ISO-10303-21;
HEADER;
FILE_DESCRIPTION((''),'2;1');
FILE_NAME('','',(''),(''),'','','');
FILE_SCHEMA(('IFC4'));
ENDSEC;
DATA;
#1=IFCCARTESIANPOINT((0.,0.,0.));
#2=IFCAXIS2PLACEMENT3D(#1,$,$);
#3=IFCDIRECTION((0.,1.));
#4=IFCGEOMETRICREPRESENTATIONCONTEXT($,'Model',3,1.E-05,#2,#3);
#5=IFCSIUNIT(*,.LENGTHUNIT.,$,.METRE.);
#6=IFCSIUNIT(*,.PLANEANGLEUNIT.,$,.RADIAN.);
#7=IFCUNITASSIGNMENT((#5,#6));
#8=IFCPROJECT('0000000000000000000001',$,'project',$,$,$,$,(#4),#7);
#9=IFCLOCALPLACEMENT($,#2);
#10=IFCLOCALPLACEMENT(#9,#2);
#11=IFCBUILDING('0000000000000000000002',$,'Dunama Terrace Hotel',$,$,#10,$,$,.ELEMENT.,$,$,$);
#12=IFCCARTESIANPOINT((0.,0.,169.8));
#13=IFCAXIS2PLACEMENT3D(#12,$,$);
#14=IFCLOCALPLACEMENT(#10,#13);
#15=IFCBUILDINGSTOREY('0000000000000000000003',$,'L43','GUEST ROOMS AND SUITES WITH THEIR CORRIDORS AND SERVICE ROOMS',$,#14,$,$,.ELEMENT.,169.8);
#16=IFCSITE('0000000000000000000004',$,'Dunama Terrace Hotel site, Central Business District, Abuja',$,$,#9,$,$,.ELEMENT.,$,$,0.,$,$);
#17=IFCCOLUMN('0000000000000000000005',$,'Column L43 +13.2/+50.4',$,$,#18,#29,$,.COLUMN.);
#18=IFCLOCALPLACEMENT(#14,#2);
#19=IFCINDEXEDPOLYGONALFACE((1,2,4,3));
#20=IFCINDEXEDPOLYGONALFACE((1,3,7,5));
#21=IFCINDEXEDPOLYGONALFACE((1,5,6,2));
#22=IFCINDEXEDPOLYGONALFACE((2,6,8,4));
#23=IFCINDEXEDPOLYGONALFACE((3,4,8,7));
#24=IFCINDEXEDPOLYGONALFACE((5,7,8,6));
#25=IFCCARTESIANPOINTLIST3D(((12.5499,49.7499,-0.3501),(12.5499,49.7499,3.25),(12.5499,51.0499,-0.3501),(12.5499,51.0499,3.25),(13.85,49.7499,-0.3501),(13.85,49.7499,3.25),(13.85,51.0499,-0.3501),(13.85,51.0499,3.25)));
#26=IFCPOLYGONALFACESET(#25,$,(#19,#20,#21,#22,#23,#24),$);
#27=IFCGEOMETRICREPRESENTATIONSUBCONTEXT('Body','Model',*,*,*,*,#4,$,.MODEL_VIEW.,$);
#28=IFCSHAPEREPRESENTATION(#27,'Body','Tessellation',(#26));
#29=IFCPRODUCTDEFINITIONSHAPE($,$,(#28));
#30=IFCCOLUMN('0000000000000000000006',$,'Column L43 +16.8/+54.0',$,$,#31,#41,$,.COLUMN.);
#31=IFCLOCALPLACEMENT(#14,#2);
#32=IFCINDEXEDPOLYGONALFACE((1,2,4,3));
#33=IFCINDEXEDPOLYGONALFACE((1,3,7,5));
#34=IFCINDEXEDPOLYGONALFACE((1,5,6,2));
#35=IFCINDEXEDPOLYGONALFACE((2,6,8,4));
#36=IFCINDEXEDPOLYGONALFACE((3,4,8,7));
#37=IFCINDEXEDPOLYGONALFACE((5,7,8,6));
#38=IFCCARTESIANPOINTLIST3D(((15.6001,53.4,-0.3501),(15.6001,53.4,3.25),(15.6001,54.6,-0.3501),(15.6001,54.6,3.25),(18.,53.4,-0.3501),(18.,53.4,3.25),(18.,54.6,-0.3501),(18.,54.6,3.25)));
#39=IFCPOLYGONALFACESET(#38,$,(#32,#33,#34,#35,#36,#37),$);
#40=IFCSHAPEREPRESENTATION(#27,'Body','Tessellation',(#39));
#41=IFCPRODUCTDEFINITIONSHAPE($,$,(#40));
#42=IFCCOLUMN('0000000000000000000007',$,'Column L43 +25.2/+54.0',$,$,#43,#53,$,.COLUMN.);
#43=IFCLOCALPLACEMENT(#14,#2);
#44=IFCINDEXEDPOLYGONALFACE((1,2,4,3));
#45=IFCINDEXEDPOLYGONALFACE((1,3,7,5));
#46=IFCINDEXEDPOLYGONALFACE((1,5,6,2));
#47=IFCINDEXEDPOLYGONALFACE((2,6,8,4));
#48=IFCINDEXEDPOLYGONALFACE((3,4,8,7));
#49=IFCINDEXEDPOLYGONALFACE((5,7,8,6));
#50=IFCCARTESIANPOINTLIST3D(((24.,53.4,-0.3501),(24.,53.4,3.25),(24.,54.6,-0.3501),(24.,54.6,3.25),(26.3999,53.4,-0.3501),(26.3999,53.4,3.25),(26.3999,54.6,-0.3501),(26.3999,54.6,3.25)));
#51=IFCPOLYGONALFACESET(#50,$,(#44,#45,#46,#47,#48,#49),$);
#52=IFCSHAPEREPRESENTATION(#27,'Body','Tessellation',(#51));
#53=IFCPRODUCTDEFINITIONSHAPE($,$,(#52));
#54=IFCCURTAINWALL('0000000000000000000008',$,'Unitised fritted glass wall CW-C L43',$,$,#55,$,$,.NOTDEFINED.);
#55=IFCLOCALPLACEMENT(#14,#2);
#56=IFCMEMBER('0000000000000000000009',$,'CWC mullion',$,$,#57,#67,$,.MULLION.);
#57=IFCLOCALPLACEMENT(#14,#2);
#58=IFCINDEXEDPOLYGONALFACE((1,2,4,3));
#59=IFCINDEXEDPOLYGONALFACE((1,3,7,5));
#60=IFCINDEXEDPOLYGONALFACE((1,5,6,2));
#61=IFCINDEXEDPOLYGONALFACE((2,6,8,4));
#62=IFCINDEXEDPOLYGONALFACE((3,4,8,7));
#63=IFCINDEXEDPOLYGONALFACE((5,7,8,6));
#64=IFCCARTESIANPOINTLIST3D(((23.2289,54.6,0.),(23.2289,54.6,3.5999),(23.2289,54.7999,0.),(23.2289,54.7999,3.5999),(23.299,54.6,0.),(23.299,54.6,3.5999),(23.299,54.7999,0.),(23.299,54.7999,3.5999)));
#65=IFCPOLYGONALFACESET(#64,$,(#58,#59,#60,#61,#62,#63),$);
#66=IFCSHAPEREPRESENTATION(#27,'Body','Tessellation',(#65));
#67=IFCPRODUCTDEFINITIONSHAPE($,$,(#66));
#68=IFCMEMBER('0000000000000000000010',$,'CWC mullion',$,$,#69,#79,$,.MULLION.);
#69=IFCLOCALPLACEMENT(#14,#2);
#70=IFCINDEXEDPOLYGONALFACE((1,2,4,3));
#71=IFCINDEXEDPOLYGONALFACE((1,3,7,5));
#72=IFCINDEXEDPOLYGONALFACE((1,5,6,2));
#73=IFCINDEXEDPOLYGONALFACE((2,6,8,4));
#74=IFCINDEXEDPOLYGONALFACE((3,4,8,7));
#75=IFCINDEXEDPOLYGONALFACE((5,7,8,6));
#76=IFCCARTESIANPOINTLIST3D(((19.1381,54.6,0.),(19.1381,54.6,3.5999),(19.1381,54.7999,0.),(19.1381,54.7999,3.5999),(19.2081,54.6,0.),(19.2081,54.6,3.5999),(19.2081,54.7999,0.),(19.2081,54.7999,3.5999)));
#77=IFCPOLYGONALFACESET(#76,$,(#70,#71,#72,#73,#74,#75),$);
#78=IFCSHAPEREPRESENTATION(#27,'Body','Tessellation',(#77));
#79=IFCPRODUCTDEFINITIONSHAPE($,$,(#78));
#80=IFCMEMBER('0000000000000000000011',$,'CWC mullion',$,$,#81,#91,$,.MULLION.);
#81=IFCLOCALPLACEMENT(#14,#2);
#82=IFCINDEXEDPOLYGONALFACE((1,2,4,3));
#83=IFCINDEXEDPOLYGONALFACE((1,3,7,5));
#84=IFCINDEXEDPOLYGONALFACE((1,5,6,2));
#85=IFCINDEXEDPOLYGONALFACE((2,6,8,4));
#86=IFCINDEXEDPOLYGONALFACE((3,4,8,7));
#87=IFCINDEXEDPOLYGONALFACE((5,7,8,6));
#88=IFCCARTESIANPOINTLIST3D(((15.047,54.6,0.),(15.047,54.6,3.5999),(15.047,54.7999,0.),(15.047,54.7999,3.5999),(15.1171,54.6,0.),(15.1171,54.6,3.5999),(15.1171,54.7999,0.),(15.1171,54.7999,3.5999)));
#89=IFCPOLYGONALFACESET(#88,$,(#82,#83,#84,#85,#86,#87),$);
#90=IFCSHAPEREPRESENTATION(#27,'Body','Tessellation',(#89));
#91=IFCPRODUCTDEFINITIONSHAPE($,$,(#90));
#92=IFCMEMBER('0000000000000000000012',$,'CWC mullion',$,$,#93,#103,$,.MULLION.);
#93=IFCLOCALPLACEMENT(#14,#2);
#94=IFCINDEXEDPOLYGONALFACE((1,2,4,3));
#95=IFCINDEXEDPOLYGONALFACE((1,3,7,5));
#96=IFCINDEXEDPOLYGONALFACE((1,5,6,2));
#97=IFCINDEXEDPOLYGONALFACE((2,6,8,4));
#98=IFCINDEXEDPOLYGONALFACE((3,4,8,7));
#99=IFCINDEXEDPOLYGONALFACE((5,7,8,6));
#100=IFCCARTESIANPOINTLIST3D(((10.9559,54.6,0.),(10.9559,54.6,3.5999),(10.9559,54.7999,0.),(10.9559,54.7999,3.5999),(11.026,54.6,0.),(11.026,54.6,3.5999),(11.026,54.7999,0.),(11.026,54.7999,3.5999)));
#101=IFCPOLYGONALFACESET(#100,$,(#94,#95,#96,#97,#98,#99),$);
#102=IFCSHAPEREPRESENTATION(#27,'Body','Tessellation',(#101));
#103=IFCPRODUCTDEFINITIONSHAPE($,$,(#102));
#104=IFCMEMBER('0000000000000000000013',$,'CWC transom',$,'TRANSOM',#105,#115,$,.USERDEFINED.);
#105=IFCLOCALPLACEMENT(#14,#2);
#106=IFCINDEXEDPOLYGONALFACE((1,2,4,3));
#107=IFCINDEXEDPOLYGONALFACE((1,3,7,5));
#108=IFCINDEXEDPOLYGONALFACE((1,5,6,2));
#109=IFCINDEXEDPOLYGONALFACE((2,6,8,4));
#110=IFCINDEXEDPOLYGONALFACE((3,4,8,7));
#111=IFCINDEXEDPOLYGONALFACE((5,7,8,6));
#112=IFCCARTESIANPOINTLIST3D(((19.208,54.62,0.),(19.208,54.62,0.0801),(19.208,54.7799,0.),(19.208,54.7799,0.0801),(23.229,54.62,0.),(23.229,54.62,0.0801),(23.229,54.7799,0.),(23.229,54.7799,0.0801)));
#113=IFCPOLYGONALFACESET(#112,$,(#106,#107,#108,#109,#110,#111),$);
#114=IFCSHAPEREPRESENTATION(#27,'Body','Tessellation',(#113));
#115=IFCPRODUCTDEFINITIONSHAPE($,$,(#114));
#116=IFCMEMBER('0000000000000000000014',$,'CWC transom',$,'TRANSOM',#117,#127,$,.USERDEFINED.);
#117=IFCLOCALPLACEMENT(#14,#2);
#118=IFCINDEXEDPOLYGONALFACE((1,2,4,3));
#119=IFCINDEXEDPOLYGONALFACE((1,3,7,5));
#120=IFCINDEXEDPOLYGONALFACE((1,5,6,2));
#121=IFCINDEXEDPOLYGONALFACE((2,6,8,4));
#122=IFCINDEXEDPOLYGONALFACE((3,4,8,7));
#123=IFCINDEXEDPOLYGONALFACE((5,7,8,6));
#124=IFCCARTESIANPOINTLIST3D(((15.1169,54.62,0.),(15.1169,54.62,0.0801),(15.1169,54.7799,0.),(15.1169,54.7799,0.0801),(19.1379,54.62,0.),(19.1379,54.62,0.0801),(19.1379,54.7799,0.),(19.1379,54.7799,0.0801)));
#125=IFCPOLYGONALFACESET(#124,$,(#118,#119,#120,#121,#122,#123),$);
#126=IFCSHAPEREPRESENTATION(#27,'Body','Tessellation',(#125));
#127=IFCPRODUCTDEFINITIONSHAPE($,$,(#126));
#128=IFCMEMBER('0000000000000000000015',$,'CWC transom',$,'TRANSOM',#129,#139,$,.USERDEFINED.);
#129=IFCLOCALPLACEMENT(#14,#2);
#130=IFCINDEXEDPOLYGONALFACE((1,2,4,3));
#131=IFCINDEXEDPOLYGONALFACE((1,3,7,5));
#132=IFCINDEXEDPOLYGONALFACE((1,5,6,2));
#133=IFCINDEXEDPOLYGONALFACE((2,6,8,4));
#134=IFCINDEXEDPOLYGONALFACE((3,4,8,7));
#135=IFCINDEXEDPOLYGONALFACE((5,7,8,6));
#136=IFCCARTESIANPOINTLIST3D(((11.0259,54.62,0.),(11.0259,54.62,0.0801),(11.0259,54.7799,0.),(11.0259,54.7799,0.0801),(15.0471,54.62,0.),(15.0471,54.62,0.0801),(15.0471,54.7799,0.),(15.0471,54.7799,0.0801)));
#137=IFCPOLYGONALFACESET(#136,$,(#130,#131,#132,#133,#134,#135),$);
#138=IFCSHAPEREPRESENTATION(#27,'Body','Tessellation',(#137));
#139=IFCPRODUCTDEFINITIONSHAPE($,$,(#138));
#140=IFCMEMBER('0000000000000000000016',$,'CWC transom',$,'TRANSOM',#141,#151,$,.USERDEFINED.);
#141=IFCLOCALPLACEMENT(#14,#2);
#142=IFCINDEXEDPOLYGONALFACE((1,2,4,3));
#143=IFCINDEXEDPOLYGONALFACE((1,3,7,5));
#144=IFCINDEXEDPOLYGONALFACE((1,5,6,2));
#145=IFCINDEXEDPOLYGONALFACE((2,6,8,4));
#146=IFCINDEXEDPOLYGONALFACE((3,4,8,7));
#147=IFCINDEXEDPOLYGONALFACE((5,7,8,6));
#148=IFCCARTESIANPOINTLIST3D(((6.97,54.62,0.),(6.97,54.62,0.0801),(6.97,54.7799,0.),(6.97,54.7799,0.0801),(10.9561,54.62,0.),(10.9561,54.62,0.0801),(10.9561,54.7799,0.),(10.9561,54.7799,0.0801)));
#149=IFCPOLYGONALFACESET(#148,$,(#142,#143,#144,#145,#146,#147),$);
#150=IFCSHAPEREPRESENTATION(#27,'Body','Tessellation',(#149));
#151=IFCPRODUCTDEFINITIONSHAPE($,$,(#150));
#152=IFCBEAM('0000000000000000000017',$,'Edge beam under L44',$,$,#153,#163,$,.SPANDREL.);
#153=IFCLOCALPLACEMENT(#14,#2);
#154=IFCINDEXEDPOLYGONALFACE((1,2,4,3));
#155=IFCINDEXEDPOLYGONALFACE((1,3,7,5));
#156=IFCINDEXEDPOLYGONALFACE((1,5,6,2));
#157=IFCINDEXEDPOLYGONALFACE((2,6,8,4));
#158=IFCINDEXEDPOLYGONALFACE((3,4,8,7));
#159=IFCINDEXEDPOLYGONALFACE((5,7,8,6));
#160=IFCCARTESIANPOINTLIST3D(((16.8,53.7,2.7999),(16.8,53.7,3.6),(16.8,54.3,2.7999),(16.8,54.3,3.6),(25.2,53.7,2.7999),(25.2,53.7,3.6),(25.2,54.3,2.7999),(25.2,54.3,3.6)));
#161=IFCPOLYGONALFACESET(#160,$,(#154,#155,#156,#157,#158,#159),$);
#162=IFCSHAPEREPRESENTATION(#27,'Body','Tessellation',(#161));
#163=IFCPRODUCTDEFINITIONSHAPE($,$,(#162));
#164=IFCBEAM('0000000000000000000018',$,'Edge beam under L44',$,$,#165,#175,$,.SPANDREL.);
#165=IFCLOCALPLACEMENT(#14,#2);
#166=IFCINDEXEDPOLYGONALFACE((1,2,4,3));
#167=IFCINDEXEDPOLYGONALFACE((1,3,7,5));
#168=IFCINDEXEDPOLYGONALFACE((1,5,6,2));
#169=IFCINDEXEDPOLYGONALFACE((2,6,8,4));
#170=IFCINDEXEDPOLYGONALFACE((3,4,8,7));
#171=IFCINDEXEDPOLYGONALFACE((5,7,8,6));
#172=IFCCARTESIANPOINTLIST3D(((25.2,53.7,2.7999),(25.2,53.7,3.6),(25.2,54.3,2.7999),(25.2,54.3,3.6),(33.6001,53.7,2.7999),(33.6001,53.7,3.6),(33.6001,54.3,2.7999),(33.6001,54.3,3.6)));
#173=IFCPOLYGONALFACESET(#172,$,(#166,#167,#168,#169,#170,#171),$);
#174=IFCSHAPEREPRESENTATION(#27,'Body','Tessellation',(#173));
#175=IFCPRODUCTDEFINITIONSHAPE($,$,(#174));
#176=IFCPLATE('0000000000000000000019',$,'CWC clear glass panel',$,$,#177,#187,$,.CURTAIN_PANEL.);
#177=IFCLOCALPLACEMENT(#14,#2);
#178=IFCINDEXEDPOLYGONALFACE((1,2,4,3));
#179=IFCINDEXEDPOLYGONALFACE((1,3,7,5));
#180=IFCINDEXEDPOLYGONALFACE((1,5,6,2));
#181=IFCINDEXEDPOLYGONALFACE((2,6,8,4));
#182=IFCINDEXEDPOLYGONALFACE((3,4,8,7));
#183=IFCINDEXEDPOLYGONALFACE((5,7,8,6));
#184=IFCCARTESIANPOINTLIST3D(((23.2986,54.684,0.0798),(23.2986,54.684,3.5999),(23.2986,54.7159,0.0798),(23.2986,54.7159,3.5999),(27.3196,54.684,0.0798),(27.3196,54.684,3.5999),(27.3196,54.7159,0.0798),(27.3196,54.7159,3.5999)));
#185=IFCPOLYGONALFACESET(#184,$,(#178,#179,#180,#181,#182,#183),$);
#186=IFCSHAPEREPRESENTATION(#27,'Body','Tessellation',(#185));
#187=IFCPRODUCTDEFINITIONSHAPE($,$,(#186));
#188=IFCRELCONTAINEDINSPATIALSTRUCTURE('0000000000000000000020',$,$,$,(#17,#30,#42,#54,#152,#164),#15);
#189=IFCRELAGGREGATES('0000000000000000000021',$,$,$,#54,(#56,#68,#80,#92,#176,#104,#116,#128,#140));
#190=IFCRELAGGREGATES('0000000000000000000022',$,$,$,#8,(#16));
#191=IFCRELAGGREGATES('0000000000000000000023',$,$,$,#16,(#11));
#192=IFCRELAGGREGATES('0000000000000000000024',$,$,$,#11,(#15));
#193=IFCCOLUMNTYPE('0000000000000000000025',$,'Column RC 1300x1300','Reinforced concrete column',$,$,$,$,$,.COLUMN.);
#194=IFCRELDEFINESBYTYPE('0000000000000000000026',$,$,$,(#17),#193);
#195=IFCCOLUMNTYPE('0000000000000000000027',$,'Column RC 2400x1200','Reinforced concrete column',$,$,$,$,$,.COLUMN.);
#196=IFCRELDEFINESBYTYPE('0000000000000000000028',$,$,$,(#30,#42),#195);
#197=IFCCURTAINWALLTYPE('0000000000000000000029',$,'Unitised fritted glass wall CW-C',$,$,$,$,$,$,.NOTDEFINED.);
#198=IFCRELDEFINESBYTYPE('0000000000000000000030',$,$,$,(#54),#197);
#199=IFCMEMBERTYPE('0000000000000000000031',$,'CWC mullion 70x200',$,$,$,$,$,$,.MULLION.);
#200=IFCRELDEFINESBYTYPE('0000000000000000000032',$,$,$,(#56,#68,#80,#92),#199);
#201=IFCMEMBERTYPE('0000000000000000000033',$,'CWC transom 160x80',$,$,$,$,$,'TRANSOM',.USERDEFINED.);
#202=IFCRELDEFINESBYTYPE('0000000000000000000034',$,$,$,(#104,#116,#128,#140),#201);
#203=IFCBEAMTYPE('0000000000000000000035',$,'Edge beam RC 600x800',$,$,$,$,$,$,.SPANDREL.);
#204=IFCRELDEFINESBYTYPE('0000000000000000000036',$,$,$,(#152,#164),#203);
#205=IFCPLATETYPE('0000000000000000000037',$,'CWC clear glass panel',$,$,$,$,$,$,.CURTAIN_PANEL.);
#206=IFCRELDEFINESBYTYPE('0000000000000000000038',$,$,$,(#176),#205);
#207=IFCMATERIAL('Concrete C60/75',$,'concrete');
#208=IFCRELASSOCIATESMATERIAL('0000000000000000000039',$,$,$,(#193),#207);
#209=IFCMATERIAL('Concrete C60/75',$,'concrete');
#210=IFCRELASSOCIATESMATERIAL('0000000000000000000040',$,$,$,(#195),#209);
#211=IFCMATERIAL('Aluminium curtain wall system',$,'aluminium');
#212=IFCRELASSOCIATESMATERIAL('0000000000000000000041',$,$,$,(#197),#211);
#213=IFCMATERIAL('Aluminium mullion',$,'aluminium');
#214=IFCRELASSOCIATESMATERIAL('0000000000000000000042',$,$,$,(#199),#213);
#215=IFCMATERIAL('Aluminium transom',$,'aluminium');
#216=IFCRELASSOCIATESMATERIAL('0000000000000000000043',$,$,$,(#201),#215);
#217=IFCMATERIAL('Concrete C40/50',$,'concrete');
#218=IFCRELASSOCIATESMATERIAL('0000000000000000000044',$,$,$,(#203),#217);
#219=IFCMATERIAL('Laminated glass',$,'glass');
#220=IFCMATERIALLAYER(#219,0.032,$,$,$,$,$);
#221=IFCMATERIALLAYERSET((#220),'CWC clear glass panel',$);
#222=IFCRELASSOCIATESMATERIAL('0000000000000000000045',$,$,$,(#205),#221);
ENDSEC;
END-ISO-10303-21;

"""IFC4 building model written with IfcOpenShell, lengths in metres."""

from ifc_helpers import new_model, si_unit, direction, frame, origin, origin_2d, place, context, subcontext, project, spatial, rectangle, extrude, material, layer, layer_set, material_profile, profile_set, type_object, element, aggregate, save


model = new_model("IFC4")

# Units and contexts
model_context = context("Model", 3, precision=1e-05, world=origin(), true_north=direction((0.0, 1.0)))
body_context = subcontext(model_context, "Body", "Model", "MODEL_VIEW")
ifc_project = project(units=[si_unit("LENGTHUNIT", "METRE"), si_unit("PLANEANGLEUNIT", "RADIAN")], contexts=[model_context])

# Site, building, storey
site_placement = place(None, origin())
site = spatial("IfcSite", under=ifc_project, at=site_placement, Name="Dunama Terrace Hotel site, Central Business District, Abuja", CompositionType="ELEMENT", RefElevation=0.0)
building_placement = place(site_placement, origin())
building = spatial("IfcBuilding", under=site, at=building_placement, Name="Dunama Terrace Hotel", CompositionType="ELEMENT")
storey_placement = place(building_placement, frame((0.0, 0.0, 169.8)))
storey = spatial("IfcBuildingStorey", under=building, at=storey_placement, Name="L43", Description="GUEST ROOMS AND SUITES WITH THEIR CORRIDORS AND SERVICE ROOMS", CompositionType="ELEMENT", Elevation=169.8)

# Columns
ifc_material_1 = material(Name="Concrete C60/75", Category="concrete")
ifc_material_profile_1 = material_profile(ifc_material_1, rectangle(XDim=1.3, YDim=1.3, at=origin_2d()), Name="RC 1300x1300")
ifc_profile_set_1 = profile_set([ifc_material_profile_1], Name="Concrete C60/75")
column_type_1 = type_object("IfcColumnType", Name="Column RC 1300x1300", Description="Reinforced concrete column", PredefinedType="COLUMN", material=ifc_profile_set_1)
column_placement = place(storey_placement, frame((13.2, 50.3999, -0.3501), z_axis=(0.0, 0.0, 1.0), x_axis=(1.0, 0.0, 0.0)))
element("IfcColumn", 1, at=column_placement, inside=storey, type_object=column_type_1, Name="Column L43 +13.2/+50.4", PredefinedType="COLUMN", context=body_context, shape_type="SweptSolid", body=[
    extrude(rectangle(XDim=1.3, YDim=1.3, at=origin_2d()), origin(), (0.0, 0.0, 1.0), 3.6001),
])
ifc_material_2 = material(Name="Concrete C60/75", Category="concrete")
ifc_material_profile_2 = material_profile(ifc_material_2, rectangle(XDim=2.3999, YDim=1.2, at=origin_2d()), Name="RC 2400x1200")
ifc_profile_set_2 = profile_set([ifc_material_profile_2], Name="Concrete C60/75")
column_type_2 = type_object("IfcColumnType", Name="Column RC 2400x1200", Description="Reinforced concrete column", PredefinedType="COLUMN", material=ifc_profile_set_2)
for number, where, z_axis, x_axis, name in (
    (2, (16.8, 54.0, -0.3501), (0.0, 0.0, 1.0), (1.0, 0.0, 0.0), "Column L43 +16.8/+54.0"),
    (3, (25.2, 54.0, -0.3501), (0.0, 0.0, 1.0), (1.0, 0.0, 0.0), "Column L43 +25.2/+54.0"),
):
    element("IfcColumn", number, at=place(storey_placement, frame(where, z_axis=z_axis, x_axis=x_axis)), inside=storey, type_object=column_type_2, Name=name, PredefinedType="COLUMN", context=body_context, shape_type="SweptSolid", body=[
        extrude(rectangle(XDim=2.3999, YDim=1.2, at=origin_2d()), origin(), (0.0, 0.0, 1.0), 3.6001),
    ])

# Curtain wall, members
ifc_material_3 = material(Name="Aluminium curtain wall system", Category="aluminium")
curtain_wall_type = type_object("IfcCurtainWallType", Name="Unitised fritted glass wall CW-C", PredefinedType="NOTDEFINED", material=ifc_material_3)
curtain_wall_placement = place(storey_placement, origin())
curtain_wall = element("IfcCurtainWall", 4, at=curtain_wall_placement, inside=storey, type_object=curtain_wall_type, Name="Unitised fritted glass wall CW-C L43", PredefinedType="NOTDEFINED")
ifc_material_4 = material(Name="Aluminium mullion", Category="aluminium")
ifc_material_profile_3 = material_profile(ifc_material_4, rectangle(XDim=0.0701, YDim=0.2, at=origin_2d()), Name="CWC MULLION 70X200")
ifc_profile_set_3 = profile_set([ifc_material_profile_3], Name="Aluminium mullion")
member_type_1 = type_object("IfcMemberType", Name="CWC mullion 70x200", PredefinedType="MULLION", material=ifc_profile_set_3)
member_1_placement = place(storey_placement, frame((23.2639, 54.7, 0.0), z_axis=(0.0, 0.0, 1.0), x_axis=(-1.0, 0.0, 0.0)))
member_1 = element("IfcMember", 5, at=member_1_placement, type_object=member_type_1, Name="CWC mullion", PredefinedType="MULLION", context=body_context, shape_type="SweptSolid", body=[
    extrude(rectangle(XDim=0.0701, YDim=0.2, at=origin_2d()), origin(), (0.0, 0.0, 1.0), 3.5999),
])
member_2_placement = place(storey_placement, frame((19.1731, 54.7, 0.0), z_axis=(0.0, 0.0, 1.0), x_axis=(-1.0, 0.0, 0.0)))
member_2 = element("IfcMember", 6, at=member_2_placement, type_object=member_type_1, Name="CWC mullion", PredefinedType="MULLION", context=body_context, shape_type="SweptSolid", body=[
    extrude(rectangle(XDim=0.0701, YDim=0.2, at=origin_2d()), origin(), (0.0, 0.0, 1.0), 3.5999),
])
member_3_placement = place(storey_placement, frame((15.082, 54.7, 0.0), z_axis=(0.0, 0.0, 1.0), x_axis=(-1.0, 0.0, 0.0)))
member_3 = element("IfcMember", 7, at=member_3_placement, type_object=member_type_1, Name="CWC mullion", PredefinedType="MULLION", context=body_context, shape_type="SweptSolid", body=[
    extrude(rectangle(XDim=0.0701, YDim=0.2, at=origin_2d()), origin(), (0.0, 0.0, 1.0), 3.5999),
])
member_4_placement = place(storey_placement, frame((10.991, 54.7, 0.0), z_axis=(0.0, 0.0, 1.0), x_axis=(-1.0, 0.0, 0.0)))
member_4 = element("IfcMember", 8, at=member_4_placement, type_object=member_type_1, Name="CWC mullion", PredefinedType="MULLION", context=body_context, shape_type="SweptSolid", body=[
    extrude(rectangle(XDim=0.0701, YDim=0.2, at=origin_2d()), origin(), (0.0, 0.0, 1.0), 3.5999),
])
ifc_material_5 = material(Name="Aluminium transom", Category="aluminium")
ifc_material_profile_4 = material_profile(ifc_material_5, rectangle(XDim=0.1599, YDim=0.0801, at=origin_2d()), Name="CWC TRANSOM 160X80")
ifc_profile_set_4 = profile_set([ifc_material_profile_4], Name="Aluminium transom")
member_type_2 = type_object("IfcMemberType", Name="CWC transom 160x80", ElementType="TRANSOM", PredefinedType="USERDEFINED", material=ifc_profile_set_4)
member_5_placement = place(storey_placement, frame((23.229, 54.7, 0.04), z_axis=(-1.0, 0.0, 0.0), x_axis=(0.0, -1.0, 0.0)))
member_5 = element("IfcMember", 9, at=member_5_placement, type_object=member_type_2, Name="CWC transom", ObjectType="TRANSOM", PredefinedType="USERDEFINED", context=body_context, shape_type="SweptSolid", body=[
    extrude(rectangle(XDim=0.1599, YDim=0.0801, at=origin_2d()), origin(), (0.0, 0.0, 1.0), 4.021),
])
member_6_placement = place(storey_placement, frame((19.1379, 54.7, 0.04), z_axis=(-1.0, 0.0, 0.0), x_axis=(0.0, -1.0, 0.0)))
member_6 = element("IfcMember", 10, at=member_6_placement, type_object=member_type_2, Name="CWC transom", ObjectType="TRANSOM", PredefinedType="USERDEFINED", context=body_context, shape_type="SweptSolid", body=[
    extrude(rectangle(XDim=0.1599, YDim=0.0801, at=origin_2d()), origin(), (0.0, 0.0, 1.0), 4.021),
])
member_7_placement = place(storey_placement, frame((15.0471, 54.7, 0.04), z_axis=(-1.0, 0.0, 0.0), x_axis=(0.0, -1.0, 0.0)))
member_7 = element("IfcMember", 11, at=member_7_placement, type_object=member_type_2, Name="CWC transom", ObjectType="TRANSOM", PredefinedType="USERDEFINED", context=body_context, shape_type="SweptSolid", body=[
    extrude(rectangle(XDim=0.1599, YDim=0.0801, at=origin_2d()), origin(), (0.0, 0.0, 1.0), 4.0212),
])
member_8_placement = place(storey_placement, frame((10.9561, 54.7, 0.04), z_axis=(-1.0, 0.0, 0.0), x_axis=(0.0, -1.0, 0.0)))
member_8 = element("IfcMember", 12, at=member_8_placement, type_object=member_type_2, Name="CWC transom", ObjectType="TRANSOM", PredefinedType="USERDEFINED", context=body_context, shape_type="SweptSolid", body=[
    extrude(rectangle(XDim=0.1599, YDim=0.0801, at=origin_2d()), origin(), (0.0, 0.0, 1.0), 3.9861),
])

# Beams
ifc_material_6 = material(Name="Concrete C40/50", Category="concrete")
ifc_material_profile_5 = material_profile(ifc_material_6, rectangle(XDim=0.6001, YDim=0.8, at=origin_2d()), Name="RC 600x800")
ifc_profile_set_5 = profile_set([ifc_material_profile_5], Name="Concrete C40/50")
beam_type = type_object("IfcBeamType", Name="Edge beam RC 600x800", PredefinedType="SPANDREL", material=ifc_profile_set_5)
beam_1_placement = place(storey_placement, frame((16.8, 54.0, 3.2), z_axis=(1.0, 0.0, 0.0), x_axis=(0.0, 1.0, 0.0)))
element("IfcBeam", 13, at=beam_1_placement, inside=storey, type_object=beam_type, Name="Edge beam under L44", PredefinedType="SPANDREL", context=body_context, shape_type="SweptSolid", body=[
    extrude(rectangle(XDim=0.6001, YDim=0.8, at=origin_2d()), origin(), (0.0, 0.0, 1.0), 8.3999),
])
beam_2_placement = place(storey_placement, frame((25.2, 54.0, 3.2), z_axis=(1.0, 0.0, 0.0), x_axis=(0.0, 1.0, 0.0)))
element("IfcBeam", 14, at=beam_2_placement, inside=storey, type_object=beam_type, Name="Edge beam under L44", PredefinedType="SPANDREL", context=body_context, shape_type="SweptSolid", body=[
    extrude(rectangle(XDim=0.6001, YDim=0.8, at=origin_2d()), origin(), (0.0, 0.0, 1.0), 8.4001),
])

# Plate
ifc_material_7 = material(Name="Laminated glass", Category="glass")
ifc_layer_1 = layer(ifc_material_7, 0.032)
ifc_layer_set_1 = layer_set([ifc_layer_1], Name="CWC clear glass panel")
plate_type_1 = type_object("IfcPlateType", Name="CWC clear glass panel", PredefinedType="CURTAIN_PANEL", material=ifc_layer_set_1)
plate_1_placement = place(storey_placement, frame((25.3091, 54.7, 0.0798), z_axis=(0.0, 0.0, 1.0), x_axis=(-1.0, 0.0, 0.0)))
plate_1 = element("IfcPlate", 15, at=plate_1_placement, type_object=plate_type_1, Name="CWC clear glass panel", PredefinedType="CURTAIN_PANEL", context=body_context, shape_type="SweptSolid", body=[
    extrude(rectangle(XDim=4.021, YDim=0.032, at=origin_2d()), origin(), (0.0, 0.0, 1.0), 3.52),
])
aggregate(curtain_wall, [member_1, member_2, member_3, member_4, plate_1, member_5, member_6, member_7, member_8])

save(model, "model.ifc")
